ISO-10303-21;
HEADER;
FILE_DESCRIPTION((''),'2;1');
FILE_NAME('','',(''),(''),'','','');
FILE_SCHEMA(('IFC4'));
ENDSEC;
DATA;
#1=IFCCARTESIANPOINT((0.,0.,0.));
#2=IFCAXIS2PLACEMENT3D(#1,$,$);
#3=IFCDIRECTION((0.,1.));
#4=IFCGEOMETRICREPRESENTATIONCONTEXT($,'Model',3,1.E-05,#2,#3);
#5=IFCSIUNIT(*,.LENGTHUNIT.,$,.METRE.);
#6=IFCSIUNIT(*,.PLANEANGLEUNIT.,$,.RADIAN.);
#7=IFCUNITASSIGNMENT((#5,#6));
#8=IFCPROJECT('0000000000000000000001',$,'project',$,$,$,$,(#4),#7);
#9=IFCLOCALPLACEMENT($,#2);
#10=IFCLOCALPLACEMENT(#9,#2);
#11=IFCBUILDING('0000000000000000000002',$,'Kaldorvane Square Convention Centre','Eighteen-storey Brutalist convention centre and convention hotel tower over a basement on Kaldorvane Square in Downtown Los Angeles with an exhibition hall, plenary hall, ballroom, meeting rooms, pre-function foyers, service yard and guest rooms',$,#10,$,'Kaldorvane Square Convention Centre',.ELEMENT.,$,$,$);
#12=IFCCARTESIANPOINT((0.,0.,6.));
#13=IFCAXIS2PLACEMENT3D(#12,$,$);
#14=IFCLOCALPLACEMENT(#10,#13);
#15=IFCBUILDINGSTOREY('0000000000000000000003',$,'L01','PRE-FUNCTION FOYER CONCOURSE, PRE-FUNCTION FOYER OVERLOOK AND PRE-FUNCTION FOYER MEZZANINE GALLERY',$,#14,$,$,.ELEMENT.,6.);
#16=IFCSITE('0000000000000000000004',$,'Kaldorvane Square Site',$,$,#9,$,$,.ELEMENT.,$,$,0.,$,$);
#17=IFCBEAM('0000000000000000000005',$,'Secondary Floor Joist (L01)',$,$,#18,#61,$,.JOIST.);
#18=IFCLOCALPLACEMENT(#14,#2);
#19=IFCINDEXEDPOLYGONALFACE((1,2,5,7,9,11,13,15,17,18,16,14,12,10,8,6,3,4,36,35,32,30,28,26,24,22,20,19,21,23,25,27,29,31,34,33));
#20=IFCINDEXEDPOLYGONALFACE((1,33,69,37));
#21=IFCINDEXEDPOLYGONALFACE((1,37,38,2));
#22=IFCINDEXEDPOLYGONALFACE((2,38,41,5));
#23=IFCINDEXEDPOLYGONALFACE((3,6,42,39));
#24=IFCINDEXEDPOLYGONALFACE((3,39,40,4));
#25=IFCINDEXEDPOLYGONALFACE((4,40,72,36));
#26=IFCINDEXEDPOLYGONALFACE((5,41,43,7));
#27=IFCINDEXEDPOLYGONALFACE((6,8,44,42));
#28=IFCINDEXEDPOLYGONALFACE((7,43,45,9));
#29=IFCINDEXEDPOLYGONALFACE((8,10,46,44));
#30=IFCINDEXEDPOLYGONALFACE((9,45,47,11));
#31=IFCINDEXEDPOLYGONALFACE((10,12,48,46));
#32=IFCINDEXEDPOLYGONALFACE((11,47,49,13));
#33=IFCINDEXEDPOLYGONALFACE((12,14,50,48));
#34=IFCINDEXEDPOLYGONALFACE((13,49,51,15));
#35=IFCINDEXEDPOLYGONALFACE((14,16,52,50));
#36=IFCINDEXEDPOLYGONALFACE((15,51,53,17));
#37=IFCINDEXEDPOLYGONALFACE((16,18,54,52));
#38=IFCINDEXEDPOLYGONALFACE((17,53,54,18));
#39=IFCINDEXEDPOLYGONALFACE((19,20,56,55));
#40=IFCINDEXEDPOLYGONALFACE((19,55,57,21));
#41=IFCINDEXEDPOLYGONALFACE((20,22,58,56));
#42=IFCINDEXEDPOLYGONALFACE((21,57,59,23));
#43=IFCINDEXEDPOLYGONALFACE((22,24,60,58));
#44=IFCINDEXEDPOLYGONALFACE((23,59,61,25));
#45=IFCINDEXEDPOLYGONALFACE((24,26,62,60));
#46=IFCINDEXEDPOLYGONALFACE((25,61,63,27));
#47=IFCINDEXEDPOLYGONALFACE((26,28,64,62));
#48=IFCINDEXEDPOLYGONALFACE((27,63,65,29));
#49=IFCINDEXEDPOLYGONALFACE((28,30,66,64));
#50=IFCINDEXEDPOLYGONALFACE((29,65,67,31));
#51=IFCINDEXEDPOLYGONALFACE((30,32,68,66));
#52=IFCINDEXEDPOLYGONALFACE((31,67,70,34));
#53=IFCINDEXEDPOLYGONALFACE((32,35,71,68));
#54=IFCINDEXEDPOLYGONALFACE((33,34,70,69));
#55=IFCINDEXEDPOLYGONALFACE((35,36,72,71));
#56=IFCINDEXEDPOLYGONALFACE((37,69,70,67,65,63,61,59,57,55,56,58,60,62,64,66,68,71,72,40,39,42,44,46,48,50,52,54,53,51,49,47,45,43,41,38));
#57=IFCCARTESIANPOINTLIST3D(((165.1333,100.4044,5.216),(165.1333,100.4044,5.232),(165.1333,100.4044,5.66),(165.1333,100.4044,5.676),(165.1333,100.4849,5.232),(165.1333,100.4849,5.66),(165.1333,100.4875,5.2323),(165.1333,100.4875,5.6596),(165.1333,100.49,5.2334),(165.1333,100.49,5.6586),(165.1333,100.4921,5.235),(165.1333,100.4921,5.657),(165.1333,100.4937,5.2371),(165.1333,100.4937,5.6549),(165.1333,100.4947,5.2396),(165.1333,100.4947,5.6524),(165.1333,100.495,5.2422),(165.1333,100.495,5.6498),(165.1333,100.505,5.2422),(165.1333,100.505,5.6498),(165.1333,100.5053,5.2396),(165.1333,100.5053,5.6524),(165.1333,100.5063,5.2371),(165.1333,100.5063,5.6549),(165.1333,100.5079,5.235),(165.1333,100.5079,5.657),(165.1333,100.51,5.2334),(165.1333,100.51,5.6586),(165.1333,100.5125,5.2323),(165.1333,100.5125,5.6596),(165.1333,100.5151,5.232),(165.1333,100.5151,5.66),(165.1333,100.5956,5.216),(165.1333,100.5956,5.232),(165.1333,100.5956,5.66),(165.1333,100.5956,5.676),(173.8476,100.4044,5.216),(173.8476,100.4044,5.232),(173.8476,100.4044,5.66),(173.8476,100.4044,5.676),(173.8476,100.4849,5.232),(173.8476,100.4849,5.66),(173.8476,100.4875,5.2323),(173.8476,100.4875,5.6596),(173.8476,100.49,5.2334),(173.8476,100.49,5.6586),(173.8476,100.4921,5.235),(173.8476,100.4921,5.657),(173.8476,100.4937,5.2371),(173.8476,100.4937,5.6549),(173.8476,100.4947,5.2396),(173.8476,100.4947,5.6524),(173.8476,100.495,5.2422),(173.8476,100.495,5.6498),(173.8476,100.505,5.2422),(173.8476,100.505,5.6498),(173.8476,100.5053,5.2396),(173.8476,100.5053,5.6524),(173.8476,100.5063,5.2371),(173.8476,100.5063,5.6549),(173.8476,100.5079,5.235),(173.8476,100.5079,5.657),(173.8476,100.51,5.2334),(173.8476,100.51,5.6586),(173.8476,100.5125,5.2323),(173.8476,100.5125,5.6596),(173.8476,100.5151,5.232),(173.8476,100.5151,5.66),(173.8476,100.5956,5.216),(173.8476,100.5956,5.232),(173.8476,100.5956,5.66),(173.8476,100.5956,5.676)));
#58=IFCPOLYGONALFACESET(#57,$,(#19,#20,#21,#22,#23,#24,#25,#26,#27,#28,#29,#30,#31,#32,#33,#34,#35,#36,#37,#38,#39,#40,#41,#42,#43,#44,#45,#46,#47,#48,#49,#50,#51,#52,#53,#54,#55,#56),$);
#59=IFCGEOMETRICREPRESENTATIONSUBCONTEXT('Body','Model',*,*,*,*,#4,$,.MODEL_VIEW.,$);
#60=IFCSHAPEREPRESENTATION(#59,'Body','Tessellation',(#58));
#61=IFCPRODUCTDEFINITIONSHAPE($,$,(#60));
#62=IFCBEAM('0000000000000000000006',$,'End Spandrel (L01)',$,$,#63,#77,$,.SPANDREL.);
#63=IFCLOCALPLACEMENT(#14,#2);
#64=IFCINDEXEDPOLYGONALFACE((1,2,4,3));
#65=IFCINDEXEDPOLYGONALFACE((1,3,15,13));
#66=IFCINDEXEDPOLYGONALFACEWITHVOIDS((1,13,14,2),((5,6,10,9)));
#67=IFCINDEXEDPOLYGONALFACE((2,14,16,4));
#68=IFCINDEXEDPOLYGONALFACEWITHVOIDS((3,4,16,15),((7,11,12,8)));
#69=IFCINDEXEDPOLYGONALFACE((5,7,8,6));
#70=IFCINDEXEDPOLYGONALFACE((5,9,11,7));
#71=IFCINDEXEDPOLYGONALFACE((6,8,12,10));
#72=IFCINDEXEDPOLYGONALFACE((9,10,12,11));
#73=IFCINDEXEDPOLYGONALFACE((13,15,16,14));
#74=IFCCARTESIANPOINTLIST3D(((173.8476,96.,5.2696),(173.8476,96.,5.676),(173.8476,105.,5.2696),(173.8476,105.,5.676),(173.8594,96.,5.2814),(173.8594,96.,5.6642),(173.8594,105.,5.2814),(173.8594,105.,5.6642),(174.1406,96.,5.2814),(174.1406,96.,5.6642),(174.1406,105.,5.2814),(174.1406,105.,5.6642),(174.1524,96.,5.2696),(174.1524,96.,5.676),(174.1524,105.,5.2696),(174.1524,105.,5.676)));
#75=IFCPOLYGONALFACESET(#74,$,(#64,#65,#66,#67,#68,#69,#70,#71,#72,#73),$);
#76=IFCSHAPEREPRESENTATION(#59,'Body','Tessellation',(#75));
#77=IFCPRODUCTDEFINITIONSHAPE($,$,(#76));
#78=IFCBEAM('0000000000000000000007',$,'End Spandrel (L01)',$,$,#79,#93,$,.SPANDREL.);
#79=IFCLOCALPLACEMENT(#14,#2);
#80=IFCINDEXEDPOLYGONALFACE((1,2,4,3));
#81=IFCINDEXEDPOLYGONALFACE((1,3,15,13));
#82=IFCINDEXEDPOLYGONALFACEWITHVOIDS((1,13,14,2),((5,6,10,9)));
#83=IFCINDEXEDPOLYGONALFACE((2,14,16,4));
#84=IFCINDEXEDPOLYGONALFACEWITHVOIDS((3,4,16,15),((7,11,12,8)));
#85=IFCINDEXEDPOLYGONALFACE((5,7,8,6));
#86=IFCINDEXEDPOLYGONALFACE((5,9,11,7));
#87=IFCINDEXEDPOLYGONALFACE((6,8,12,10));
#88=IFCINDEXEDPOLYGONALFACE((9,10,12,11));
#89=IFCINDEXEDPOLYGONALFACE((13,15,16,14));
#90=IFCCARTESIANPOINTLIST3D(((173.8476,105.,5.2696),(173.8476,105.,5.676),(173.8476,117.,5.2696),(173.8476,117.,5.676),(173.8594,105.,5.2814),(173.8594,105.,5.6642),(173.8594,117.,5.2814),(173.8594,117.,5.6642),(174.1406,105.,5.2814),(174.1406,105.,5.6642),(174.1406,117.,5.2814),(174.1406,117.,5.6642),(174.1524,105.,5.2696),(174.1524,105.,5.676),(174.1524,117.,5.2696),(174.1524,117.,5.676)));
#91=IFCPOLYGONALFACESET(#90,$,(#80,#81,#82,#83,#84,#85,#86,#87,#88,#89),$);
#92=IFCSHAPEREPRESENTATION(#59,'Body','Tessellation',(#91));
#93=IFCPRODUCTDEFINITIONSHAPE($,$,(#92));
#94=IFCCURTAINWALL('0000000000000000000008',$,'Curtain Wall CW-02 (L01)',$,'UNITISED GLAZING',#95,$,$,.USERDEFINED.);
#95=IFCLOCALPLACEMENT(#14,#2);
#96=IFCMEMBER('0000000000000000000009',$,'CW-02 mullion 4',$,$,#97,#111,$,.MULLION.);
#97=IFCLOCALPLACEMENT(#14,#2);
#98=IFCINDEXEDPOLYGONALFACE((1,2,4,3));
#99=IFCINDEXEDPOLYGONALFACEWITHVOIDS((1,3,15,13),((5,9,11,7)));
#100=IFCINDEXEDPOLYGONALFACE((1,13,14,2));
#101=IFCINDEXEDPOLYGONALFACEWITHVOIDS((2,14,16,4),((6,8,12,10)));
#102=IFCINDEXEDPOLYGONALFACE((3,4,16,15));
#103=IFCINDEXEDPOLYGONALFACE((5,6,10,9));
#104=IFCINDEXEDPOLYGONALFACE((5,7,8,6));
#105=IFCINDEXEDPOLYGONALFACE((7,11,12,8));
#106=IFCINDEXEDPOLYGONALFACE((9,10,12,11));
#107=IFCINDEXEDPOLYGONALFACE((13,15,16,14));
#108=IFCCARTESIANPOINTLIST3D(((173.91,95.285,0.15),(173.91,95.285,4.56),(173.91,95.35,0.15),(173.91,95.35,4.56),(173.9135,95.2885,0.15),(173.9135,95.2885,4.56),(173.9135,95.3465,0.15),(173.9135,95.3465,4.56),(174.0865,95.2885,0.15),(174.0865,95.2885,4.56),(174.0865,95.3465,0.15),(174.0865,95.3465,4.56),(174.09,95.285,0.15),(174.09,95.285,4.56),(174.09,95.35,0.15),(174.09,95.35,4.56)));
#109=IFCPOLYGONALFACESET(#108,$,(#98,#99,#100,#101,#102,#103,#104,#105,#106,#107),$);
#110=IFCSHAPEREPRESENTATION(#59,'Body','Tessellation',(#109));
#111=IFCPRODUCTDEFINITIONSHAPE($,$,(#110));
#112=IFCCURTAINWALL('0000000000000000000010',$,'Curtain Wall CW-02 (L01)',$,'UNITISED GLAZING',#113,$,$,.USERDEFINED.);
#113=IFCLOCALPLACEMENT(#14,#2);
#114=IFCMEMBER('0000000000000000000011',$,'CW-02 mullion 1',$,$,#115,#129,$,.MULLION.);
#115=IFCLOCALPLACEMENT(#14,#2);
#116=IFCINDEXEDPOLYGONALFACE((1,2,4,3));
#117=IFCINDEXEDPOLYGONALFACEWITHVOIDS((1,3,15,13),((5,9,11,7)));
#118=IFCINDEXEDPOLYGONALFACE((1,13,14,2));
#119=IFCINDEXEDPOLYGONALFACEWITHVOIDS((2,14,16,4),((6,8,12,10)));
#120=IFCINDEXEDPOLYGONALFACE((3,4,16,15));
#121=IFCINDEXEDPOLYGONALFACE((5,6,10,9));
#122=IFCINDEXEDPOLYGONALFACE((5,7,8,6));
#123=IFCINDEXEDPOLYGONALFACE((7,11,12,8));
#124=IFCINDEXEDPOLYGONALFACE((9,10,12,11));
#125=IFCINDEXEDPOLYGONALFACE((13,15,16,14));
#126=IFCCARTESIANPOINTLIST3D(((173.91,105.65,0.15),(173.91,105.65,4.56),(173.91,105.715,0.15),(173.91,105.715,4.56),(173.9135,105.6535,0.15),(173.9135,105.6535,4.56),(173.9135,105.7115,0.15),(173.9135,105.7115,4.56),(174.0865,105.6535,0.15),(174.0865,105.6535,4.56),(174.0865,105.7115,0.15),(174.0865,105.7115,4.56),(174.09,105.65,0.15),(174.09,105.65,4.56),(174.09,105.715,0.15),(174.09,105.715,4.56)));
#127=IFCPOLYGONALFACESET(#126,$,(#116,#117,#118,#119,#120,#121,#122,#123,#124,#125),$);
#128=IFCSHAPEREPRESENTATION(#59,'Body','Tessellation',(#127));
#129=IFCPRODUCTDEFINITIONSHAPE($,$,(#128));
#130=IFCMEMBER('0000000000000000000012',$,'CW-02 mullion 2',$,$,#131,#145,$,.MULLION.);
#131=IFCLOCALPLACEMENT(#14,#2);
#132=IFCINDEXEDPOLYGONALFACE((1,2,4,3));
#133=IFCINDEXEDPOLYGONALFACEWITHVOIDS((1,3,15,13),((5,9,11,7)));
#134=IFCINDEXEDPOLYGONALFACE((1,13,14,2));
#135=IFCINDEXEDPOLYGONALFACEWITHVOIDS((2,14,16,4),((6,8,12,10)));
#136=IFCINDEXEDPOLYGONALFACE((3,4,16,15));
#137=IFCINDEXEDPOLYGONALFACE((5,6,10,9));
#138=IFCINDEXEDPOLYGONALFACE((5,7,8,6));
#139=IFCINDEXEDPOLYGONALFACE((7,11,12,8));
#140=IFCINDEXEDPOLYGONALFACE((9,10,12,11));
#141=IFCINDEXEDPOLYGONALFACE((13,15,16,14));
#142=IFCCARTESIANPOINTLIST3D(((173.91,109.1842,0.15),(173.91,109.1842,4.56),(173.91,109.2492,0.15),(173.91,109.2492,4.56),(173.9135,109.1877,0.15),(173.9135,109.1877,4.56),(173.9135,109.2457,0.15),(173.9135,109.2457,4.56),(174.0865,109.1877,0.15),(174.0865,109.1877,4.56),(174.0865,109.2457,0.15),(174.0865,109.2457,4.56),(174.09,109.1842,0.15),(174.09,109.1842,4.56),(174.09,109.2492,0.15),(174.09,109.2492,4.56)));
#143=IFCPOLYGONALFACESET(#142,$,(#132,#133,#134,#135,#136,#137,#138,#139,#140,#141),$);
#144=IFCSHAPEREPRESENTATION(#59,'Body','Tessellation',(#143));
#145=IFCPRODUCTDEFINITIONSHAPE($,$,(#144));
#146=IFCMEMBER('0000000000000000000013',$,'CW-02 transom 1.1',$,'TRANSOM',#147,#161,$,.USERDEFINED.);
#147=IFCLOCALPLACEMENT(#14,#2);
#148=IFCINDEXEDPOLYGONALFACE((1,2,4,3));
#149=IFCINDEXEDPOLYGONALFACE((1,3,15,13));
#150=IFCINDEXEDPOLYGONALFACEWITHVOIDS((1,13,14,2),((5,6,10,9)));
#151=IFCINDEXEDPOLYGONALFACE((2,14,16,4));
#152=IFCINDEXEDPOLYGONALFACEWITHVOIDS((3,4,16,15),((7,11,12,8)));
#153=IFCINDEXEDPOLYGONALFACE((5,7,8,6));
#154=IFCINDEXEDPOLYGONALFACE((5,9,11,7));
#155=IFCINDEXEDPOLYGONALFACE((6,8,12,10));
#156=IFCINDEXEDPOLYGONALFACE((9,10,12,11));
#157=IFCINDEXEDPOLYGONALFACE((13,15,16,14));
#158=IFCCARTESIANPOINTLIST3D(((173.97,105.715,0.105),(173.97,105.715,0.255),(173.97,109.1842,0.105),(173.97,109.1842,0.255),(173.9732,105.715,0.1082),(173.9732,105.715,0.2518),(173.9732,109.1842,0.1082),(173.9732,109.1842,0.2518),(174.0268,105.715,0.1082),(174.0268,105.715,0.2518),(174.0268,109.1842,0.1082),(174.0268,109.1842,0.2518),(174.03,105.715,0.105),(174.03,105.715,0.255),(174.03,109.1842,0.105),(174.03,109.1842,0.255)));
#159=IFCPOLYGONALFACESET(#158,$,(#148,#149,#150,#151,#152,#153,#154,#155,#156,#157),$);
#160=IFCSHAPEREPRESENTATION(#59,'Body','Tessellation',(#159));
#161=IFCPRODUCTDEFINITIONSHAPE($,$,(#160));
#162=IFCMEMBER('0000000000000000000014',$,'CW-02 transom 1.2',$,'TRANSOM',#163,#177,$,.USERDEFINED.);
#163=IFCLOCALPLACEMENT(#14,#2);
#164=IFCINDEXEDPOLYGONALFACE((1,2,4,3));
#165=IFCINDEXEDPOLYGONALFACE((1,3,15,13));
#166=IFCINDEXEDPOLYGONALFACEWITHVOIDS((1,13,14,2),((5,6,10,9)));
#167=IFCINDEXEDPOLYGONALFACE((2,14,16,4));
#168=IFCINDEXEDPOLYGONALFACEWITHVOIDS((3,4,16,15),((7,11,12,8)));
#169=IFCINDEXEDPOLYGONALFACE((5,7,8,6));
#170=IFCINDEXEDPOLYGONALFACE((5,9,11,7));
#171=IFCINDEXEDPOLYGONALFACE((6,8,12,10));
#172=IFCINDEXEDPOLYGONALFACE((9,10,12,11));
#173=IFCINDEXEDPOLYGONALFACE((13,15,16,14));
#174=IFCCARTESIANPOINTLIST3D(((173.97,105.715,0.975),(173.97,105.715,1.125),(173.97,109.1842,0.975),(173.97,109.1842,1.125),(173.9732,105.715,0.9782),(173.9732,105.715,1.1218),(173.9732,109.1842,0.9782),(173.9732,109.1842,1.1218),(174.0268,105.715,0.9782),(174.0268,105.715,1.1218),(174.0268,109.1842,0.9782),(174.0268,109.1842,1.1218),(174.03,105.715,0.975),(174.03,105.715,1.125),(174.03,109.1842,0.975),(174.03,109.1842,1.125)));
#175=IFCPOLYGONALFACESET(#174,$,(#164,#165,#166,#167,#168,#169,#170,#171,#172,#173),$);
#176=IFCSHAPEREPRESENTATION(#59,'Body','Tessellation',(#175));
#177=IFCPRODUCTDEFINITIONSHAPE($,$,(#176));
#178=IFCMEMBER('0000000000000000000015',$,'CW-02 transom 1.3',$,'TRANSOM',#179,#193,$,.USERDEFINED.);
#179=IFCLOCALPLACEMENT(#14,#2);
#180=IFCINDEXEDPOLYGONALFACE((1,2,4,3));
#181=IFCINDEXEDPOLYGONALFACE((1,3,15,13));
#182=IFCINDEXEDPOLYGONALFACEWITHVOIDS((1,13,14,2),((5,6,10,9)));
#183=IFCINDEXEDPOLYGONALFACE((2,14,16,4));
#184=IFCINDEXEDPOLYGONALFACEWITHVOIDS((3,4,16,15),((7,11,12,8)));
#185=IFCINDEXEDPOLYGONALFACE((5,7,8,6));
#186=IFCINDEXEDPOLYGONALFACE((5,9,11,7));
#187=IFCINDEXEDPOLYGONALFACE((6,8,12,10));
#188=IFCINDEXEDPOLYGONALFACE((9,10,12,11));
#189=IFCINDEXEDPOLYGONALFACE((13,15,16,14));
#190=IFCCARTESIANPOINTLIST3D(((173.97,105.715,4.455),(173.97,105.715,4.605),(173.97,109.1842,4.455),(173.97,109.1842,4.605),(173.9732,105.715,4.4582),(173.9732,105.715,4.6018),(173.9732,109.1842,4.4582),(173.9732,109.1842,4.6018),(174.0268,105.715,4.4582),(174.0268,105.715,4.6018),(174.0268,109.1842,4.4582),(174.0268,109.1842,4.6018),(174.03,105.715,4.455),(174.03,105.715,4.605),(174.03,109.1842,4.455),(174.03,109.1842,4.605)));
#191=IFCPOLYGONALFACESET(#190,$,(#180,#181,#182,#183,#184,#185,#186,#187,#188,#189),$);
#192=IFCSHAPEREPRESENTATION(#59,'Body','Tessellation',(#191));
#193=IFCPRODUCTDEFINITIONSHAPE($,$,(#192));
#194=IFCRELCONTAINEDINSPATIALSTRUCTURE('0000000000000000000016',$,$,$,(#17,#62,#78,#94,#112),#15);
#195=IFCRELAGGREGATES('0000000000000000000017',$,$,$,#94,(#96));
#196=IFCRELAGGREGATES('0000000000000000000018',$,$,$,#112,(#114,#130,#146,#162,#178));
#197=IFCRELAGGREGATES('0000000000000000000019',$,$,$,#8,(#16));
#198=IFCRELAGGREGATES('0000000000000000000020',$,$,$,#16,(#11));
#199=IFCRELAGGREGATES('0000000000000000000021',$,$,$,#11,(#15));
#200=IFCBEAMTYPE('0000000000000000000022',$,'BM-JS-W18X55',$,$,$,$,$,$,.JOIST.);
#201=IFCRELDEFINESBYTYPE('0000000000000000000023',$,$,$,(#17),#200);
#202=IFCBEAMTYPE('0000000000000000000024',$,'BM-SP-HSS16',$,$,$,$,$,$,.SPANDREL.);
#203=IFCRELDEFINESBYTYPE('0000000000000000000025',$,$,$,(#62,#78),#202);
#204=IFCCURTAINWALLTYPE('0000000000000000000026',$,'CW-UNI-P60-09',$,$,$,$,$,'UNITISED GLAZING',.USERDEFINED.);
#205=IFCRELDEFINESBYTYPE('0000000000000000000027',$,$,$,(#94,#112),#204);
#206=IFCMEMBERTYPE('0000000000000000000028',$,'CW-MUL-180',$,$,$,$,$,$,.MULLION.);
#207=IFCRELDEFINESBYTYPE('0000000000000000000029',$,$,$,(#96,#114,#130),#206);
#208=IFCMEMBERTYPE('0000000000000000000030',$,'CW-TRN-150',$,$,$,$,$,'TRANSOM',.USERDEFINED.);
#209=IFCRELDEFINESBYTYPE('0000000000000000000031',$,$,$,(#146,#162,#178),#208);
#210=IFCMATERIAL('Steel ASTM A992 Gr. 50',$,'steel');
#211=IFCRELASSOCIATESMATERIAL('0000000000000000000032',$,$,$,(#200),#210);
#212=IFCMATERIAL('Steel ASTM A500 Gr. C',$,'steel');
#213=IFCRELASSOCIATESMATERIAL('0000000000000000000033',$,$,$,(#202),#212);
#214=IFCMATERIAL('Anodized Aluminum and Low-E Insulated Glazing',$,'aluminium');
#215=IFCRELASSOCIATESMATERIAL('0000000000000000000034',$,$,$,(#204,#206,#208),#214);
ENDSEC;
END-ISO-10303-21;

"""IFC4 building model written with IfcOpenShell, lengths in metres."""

from ifc_helpers import new_model, si_unit, direction, frame, origin, origin_2d, place, context, subcontext, project, spatial, hollow_rectangle, i_section, extrude, material, material_profile, profile_set, type_object, element, aggregate, save


model = new_model("IFC4")

# Units and contexts
model_context = context("Model", 3, precision=1e-05, world=origin(), true_north=direction((0.0, 1.0)))
body_context = subcontext(model_context, "Body", "Model", "MODEL_VIEW")
ifc_project = project(units=[si_unit("LENGTHUNIT", "METRE"), si_unit("PLANEANGLEUNIT", "RADIAN")], contexts=[model_context])

# Site, building, storey
site_placement = place(None, origin())
site = spatial("IfcSite", under=ifc_project, at=site_placement, Name="Kaldorvane Square Site", CompositionType="ELEMENT", RefElevation=0.0)
building_placement = place(site_placement, origin())
building = spatial("IfcBuilding", under=site, at=building_placement, Name="Kaldorvane Square Convention Centre", Description="Eighteen-storey Brutalist convention centre and convention hotel tower over a basement on Kaldorvane Square in Downtown Los Angeles with an exhibition hall, plenary hall, ballroom, meeting rooms, pre-function foyers, service yard and guest rooms", LongName="Kaldorvane Square Convention Centre", CompositionType="ELEMENT")
storey_placement = place(building_placement, frame((0.0, 0.0, 6.0)))
storey = spatial("IfcBuildingStorey", under=building, at=storey_placement, Name="L01", Description="PRE-FUNCTION FOYER CONCOURSE, PRE-FUNCTION FOYER OVERLOOK AND PRE-FUNCTION FOYER MEZZANINE GALLERY", CompositionType="ELEMENT", Elevation=6.0)

# Shared definitions
ifc_material_1 = material(Name="Steel ASTM A992 Gr. 50", Category="steel")

# Beams
ifc_material_profile_1 = material_profile(ifc_material_1, i_section(OverallWidth=0.1913, OverallDepth=0.46, WebThickness=0.0099, FlangeThickness=0.016, FilletRadius=0.0102, at=origin_2d()), Name="W18X55")
ifc_profile_set_1 = profile_set([ifc_material_profile_1], Name="Steel ASTM A992 Gr. 50")
beam_type_1 = type_object("IfcBeamType", Name="BM-JS-W18X55", PredefinedType="JOIST", material=ifc_profile_set_1)
beam_1_placement = place(storey_placement, frame((165.1333, 100.5, 5.446), z_axis=(1.0, 0.0, 0.0), x_axis=(0.0, 1.0, 0.0)))
element("IfcBeam", 1, at=beam_1_placement, inside=storey, type_object=beam_type_1, Name="Secondary Floor Joist (L01)", PredefinedType="JOIST", context=body_context, shape_type="SweptSolid", body=[
    extrude(i_section(OverallWidth=0.1913, OverallDepth=0.46, WebThickness=0.0099, FlangeThickness=0.016, FilletRadius=0.0102, at=origin_2d()), origin(), (0.0, 0.0, 1.0), 8.7143),
])
ifc_material_2 = material(Name="Steel ASTM A500 Gr. C", Category="steel")
ifc_material_profile_2 = material_profile(ifc_material_2, hollow_rectangle(XDim=0.3048, YDim=0.4064, WallThickness=0.0118, at=origin_2d()), Name="HSS16X12X1/2")
ifc_profile_set_2 = profile_set([ifc_material_profile_2], Name="Steel ASTM A500 Gr. C")
beam_type_2 = type_object("IfcBeamType", Name="BM-SP-HSS16", PredefinedType="SPANDREL", material=ifc_profile_set_2)
beam_2_placement = place(storey_placement, frame((174.0, 96.0, 5.4728), z_axis=(0.0, 1.0, 0.0), x_axis=(-1.0, 0.0, 0.0)))
element("IfcBeam", 2, at=beam_2_placement, inside=storey, type_object=beam_type_2, Name="End Spandrel (L01)", PredefinedType="SPANDREL", context=body_context, shape_type="SweptSolid", body=[
    extrude(hollow_rectangle(XDim=0.3048, YDim=0.4064, WallThickness=0.0118, at=origin_2d()), origin(), (0.0, 0.0, 1.0), 9.0),
])
beam_3_placement = place(storey_placement, frame((174.0, 105.0, 5.4728), z_axis=(0.0, 1.0, 0.0), x_axis=(-1.0, 0.0, 0.0)))
element("IfcBeam", 3, at=beam_3_placement, inside=storey, type_object=beam_type_2, Name="End Spandrel (L01)", PredefinedType="SPANDREL", context=body_context, shape_type="SweptSolid", body=[
    extrude(hollow_rectangle(XDim=0.3048, YDim=0.4064, WallThickness=0.0118, at=origin_2d()), origin(), (0.0, 0.0, 1.0), 12.0),
])

# Curtain wall, member
ifc_material_3 = material(Name="Anodized Aluminum and Low-E Insulated Glazing", Category="aluminium")
curtain_wall_type = type_object("IfcCurtainWallType", Name="CW-UNI-P60-09", ElementType="UNITISED GLAZING", PredefinedType="USERDEFINED", material=ifc_material_3)
curtain_wall_1_placement = place(storey_placement, origin())
curtain_wall_1 = element("IfcCurtainWall", 4, at=curtain_wall_1_placement, inside=storey, type_object=curtain_wall_type, Name="Curtain Wall CW-02 (L01)", ObjectType="UNITISED GLAZING", PredefinedType="USERDEFINED")
ifc_material_profile_3 = material_profile(ifc_material_3, hollow_rectangle(XDim=0.065, YDim=0.18, WallThickness=0.0035, at=origin_2d()), Name="CWM-180X65")
ifc_profile_set_3 = profile_set([ifc_material_profile_3], Name="Anodized Aluminum and Low-E Insulated Glazing")
member_type_1 = type_object("IfcMemberType", Name="CW-MUL-180", PredefinedType="MULLION", material=ifc_profile_set_3)
member_1_placement = place(storey_placement, frame((174.0, 95.3175, 0.15), z_axis=(0.0, 0.0, 1.0), x_axis=(0.0, 1.0, 0.0)))
member_1 = element("IfcMember", 5, at=member_1_placement, type_object=member_type_1, Name="CW-02 mullion 4", PredefinedType="MULLION", context=body_context, shape_type="SweptSolid", body=[
    extrude(hollow_rectangle(XDim=0.065, YDim=0.18, WallThickness=0.0035, at=origin_2d()), origin(), (0.0, 0.0, 1.0), 4.41),
])
aggregate(curtain_wall_1, [member_1])

# Curtain wall, members
curtain_wall_2_placement = place(storey_placement, origin())
curtain_wall_2 = element("IfcCurtainWall", 6, at=curtain_wall_2_placement, inside=storey, type_object=curtain_wall_type, Name="Curtain Wall CW-02 (L01)", ObjectType="UNITISED GLAZING", PredefinedType="USERDEFINED")
member_2_placement = place(storey_placement, frame((174.0, 105.6825, 0.15), z_axis=(0.0, 0.0, 1.0), x_axis=(0.0, 1.0, 0.0)))
member_2 = element("IfcMember", 7, at=member_2_placement, type_object=member_type_1, Name="CW-02 mullion 1", PredefinedType="MULLION", context=body_context, shape_type="SweptSolid", body=[
    extrude(hollow_rectangle(XDim=0.065, YDim=0.18, WallThickness=0.0035, at=origin_2d()), origin(), (0.0, 0.0, 1.0), 4.41),
])
member_3_placement = place(storey_placement, frame((174.0, 109.2167, 0.15), z_axis=(0.0, 0.0, 1.0), x_axis=(0.0, 1.0, 0.0)))
member_3 = element("IfcMember", 8, at=member_3_placement, type_object=member_type_1, Name="CW-02 mullion 2", PredefinedType="MULLION", context=body_context, shape_type="SweptSolid", body=[
    extrude(hollow_rectangle(XDim=0.065, YDim=0.18, WallThickness=0.0035, at=origin_2d()), origin(), (0.0, 0.0, 1.0), 4.41),
])
ifc_material_profile_4 = material_profile(ifc_material_3, hollow_rectangle(XDim=0.06, YDim=0.15, WallThickness=0.0032, at=origin_2d()), Name="CWT-150X60")
ifc_profile_set_4 = profile_set([ifc_material_profile_4], Name="Anodized Aluminum and Low-E Insulated Glazing")
member_type_2 = type_object("IfcMemberType", Name="CW-TRN-150", ElementType="TRANSOM", PredefinedType="USERDEFINED", material=ifc_profile_set_4)
member_4_placement = place(storey_placement, frame((174.0, 105.715, 0.18), z_axis=(0.0, 1.0, 0.0), x_axis=(-1.0, 0.0, 0.0)))
member_4 = element("IfcMember", 9, at=member_4_placement, type_object=member_type_2, Name="CW-02 transom 1.1", ObjectType="TRANSOM", PredefinedType="USERDEFINED", context=body_context, shape_type="SweptSolid", body=[
    extrude(hollow_rectangle(XDim=0.06, YDim=0.15, WallThickness=0.0032, at=origin_2d()), origin(), (0.0, 0.0, 1.0), 3.4692),
])
member_5_placement = place(storey_placement, frame((174.0, 105.715, 1.05), z_axis=(0.0, 1.0, 0.0), x_axis=(-1.0, 0.0, 0.0)))
member_5 = element("IfcMember", 10, at=member_5_placement, type_object=member_type_2, Name="CW-02 transom 1.2", ObjectType="TRANSOM", PredefinedType="USERDEFINED", context=body_context, shape_type="SweptSolid", body=[
    extrude(hollow_rectangle(XDim=0.06, YDim=0.15, WallThickness=0.0032, at=origin_2d()), origin(), (0.0, 0.0, 1.0), 3.4692),
])
member_6_placement = place(storey_placement, frame((174.0, 105.715, 4.53), z_axis=(0.0, 1.0, 0.0), x_axis=(-1.0, 0.0, 0.0)))
member_6 = element("IfcMember", 11, at=member_6_placement, type_object=member_type_2, Name="CW-02 transom 1.3", ObjectType="TRANSOM", PredefinedType="USERDEFINED", context=body_context, shape_type="SweptSolid", body=[
    extrude(hollow_rectangle(XDim=0.06, YDim=0.15, WallThickness=0.0032, at=origin_2d()), origin(), (0.0, 0.0, 1.0), 3.4692),
])

aggregate(curtain_wall_2, [member_2, member_3, member_4, member_5, member_6])

save(model, "model.ifc")
